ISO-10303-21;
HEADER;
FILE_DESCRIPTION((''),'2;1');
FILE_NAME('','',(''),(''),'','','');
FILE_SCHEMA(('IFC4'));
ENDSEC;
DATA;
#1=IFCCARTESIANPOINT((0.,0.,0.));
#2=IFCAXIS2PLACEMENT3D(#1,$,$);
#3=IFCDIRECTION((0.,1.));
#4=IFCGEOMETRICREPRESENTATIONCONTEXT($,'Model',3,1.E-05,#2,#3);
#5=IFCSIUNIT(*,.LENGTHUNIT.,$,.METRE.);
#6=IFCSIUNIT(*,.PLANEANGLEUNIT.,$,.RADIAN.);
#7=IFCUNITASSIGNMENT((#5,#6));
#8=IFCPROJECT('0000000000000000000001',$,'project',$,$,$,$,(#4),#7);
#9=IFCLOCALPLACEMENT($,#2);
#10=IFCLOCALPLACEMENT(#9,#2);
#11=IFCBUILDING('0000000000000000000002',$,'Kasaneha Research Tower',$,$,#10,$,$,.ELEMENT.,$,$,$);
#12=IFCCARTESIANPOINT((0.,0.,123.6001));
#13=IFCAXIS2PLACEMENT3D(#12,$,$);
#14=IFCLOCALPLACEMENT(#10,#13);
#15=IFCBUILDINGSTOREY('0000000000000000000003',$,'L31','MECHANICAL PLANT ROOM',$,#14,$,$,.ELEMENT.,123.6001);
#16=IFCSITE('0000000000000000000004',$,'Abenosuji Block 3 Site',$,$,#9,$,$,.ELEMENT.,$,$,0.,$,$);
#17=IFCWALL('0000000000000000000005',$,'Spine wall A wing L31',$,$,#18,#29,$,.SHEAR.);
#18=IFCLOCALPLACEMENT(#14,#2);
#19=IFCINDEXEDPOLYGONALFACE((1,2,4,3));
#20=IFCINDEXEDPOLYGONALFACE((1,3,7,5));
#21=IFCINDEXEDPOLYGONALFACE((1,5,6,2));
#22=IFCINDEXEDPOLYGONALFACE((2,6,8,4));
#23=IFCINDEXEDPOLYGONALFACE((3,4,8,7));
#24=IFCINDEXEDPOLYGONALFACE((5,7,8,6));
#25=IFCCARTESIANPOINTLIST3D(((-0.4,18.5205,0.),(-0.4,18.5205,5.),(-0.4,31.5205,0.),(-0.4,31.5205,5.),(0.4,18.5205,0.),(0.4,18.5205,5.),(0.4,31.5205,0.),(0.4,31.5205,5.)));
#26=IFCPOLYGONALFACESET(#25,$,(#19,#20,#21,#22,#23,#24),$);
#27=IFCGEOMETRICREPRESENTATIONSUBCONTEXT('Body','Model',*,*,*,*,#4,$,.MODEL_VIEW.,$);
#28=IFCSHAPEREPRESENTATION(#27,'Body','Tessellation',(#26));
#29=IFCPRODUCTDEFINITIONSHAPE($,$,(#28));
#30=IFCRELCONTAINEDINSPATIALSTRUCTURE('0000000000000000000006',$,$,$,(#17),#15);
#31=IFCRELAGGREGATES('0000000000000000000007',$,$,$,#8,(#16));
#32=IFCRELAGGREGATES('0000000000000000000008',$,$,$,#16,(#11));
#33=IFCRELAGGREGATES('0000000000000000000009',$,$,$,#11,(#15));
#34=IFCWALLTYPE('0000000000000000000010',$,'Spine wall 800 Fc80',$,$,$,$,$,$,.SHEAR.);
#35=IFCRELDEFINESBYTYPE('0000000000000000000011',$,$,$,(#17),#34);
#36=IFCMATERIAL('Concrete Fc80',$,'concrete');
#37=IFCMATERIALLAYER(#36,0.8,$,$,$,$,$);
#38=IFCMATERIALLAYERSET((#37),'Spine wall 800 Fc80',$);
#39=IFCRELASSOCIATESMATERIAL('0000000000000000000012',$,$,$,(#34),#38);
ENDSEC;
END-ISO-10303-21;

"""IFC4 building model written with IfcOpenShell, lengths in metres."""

from ifc_helpers import new_model, si_unit, direction, frame, frame_2d, origin, place, context, subcontext, project, spatial, rectangle, extrude, material, layer, layer_set, type_object, element, save


model = new_model("IFC4")

# Units and contexts
model_context = context("Model", 3, precision=1e-05, world=origin(), true_north=direction((0.0, 1.0)))
body_context = subcontext(model_context, "Body", "Model", "MODEL_VIEW")
ifc_project = project(units=[si_unit("LENGTHUNIT", "METRE"), si_unit("PLANEANGLEUNIT", "RADIAN")], contexts=[model_context])

# Site, building, storey
site_placement = place(None, origin())
site = spatial("IfcSite", under=ifc_project, at=site_placement, Name="Abenosuji Block 3 Site", CompositionType="ELEMENT", RefElevation=0.0)
building_placement = place(site_placement, origin())
building = spatial("IfcBuilding", under=site, at=building_placement, Name="Kasaneha Research Tower", CompositionType="ELEMENT")
storey_placement = place(building_placement, frame((0.0, 0.0, 123.6001)))
storey = spatial("IfcBuildingStorey", under=building, at=storey_placement, Name="L31", Description="MECHANICAL PLANT ROOM", CompositionType="ELEMENT", Elevation=123.6001)

# Wall
ifc_material_1 = material(Name="Concrete Fc80", Category="concrete")
ifc_layer_1 = layer(ifc_material_1, 0.8)
ifc_layer_set_1 = layer_set([ifc_layer_1], Name="Spine wall 800 Fc80")
wall_type_1 = type_object("IfcWallType", Name="Spine wall 800 Fc80", PredefinedType="SHEAR", material=ifc_layer_set_1)
wall_1_placement = place(storey_placement, frame((0.0, 18.5205, 0.0), z_axis=(0.0, 0.0, 1.0), x_axis=(0.0, 1.0, 0.0)))
element("IfcWall", 1, at=wall_1_placement, inside=storey, type_object=wall_type_1, Name="Spine wall A wing L31", PredefinedType="SHEAR", context=body_context, shape_type="SweptSolid", body=[
    extrude(rectangle(XDim=13.0, YDim=0.8, at=frame_2d((6.5, 0.0))), origin(), (0.0, 0.0, 1.0), 5.0),
])

save(model, "model.ifc")
